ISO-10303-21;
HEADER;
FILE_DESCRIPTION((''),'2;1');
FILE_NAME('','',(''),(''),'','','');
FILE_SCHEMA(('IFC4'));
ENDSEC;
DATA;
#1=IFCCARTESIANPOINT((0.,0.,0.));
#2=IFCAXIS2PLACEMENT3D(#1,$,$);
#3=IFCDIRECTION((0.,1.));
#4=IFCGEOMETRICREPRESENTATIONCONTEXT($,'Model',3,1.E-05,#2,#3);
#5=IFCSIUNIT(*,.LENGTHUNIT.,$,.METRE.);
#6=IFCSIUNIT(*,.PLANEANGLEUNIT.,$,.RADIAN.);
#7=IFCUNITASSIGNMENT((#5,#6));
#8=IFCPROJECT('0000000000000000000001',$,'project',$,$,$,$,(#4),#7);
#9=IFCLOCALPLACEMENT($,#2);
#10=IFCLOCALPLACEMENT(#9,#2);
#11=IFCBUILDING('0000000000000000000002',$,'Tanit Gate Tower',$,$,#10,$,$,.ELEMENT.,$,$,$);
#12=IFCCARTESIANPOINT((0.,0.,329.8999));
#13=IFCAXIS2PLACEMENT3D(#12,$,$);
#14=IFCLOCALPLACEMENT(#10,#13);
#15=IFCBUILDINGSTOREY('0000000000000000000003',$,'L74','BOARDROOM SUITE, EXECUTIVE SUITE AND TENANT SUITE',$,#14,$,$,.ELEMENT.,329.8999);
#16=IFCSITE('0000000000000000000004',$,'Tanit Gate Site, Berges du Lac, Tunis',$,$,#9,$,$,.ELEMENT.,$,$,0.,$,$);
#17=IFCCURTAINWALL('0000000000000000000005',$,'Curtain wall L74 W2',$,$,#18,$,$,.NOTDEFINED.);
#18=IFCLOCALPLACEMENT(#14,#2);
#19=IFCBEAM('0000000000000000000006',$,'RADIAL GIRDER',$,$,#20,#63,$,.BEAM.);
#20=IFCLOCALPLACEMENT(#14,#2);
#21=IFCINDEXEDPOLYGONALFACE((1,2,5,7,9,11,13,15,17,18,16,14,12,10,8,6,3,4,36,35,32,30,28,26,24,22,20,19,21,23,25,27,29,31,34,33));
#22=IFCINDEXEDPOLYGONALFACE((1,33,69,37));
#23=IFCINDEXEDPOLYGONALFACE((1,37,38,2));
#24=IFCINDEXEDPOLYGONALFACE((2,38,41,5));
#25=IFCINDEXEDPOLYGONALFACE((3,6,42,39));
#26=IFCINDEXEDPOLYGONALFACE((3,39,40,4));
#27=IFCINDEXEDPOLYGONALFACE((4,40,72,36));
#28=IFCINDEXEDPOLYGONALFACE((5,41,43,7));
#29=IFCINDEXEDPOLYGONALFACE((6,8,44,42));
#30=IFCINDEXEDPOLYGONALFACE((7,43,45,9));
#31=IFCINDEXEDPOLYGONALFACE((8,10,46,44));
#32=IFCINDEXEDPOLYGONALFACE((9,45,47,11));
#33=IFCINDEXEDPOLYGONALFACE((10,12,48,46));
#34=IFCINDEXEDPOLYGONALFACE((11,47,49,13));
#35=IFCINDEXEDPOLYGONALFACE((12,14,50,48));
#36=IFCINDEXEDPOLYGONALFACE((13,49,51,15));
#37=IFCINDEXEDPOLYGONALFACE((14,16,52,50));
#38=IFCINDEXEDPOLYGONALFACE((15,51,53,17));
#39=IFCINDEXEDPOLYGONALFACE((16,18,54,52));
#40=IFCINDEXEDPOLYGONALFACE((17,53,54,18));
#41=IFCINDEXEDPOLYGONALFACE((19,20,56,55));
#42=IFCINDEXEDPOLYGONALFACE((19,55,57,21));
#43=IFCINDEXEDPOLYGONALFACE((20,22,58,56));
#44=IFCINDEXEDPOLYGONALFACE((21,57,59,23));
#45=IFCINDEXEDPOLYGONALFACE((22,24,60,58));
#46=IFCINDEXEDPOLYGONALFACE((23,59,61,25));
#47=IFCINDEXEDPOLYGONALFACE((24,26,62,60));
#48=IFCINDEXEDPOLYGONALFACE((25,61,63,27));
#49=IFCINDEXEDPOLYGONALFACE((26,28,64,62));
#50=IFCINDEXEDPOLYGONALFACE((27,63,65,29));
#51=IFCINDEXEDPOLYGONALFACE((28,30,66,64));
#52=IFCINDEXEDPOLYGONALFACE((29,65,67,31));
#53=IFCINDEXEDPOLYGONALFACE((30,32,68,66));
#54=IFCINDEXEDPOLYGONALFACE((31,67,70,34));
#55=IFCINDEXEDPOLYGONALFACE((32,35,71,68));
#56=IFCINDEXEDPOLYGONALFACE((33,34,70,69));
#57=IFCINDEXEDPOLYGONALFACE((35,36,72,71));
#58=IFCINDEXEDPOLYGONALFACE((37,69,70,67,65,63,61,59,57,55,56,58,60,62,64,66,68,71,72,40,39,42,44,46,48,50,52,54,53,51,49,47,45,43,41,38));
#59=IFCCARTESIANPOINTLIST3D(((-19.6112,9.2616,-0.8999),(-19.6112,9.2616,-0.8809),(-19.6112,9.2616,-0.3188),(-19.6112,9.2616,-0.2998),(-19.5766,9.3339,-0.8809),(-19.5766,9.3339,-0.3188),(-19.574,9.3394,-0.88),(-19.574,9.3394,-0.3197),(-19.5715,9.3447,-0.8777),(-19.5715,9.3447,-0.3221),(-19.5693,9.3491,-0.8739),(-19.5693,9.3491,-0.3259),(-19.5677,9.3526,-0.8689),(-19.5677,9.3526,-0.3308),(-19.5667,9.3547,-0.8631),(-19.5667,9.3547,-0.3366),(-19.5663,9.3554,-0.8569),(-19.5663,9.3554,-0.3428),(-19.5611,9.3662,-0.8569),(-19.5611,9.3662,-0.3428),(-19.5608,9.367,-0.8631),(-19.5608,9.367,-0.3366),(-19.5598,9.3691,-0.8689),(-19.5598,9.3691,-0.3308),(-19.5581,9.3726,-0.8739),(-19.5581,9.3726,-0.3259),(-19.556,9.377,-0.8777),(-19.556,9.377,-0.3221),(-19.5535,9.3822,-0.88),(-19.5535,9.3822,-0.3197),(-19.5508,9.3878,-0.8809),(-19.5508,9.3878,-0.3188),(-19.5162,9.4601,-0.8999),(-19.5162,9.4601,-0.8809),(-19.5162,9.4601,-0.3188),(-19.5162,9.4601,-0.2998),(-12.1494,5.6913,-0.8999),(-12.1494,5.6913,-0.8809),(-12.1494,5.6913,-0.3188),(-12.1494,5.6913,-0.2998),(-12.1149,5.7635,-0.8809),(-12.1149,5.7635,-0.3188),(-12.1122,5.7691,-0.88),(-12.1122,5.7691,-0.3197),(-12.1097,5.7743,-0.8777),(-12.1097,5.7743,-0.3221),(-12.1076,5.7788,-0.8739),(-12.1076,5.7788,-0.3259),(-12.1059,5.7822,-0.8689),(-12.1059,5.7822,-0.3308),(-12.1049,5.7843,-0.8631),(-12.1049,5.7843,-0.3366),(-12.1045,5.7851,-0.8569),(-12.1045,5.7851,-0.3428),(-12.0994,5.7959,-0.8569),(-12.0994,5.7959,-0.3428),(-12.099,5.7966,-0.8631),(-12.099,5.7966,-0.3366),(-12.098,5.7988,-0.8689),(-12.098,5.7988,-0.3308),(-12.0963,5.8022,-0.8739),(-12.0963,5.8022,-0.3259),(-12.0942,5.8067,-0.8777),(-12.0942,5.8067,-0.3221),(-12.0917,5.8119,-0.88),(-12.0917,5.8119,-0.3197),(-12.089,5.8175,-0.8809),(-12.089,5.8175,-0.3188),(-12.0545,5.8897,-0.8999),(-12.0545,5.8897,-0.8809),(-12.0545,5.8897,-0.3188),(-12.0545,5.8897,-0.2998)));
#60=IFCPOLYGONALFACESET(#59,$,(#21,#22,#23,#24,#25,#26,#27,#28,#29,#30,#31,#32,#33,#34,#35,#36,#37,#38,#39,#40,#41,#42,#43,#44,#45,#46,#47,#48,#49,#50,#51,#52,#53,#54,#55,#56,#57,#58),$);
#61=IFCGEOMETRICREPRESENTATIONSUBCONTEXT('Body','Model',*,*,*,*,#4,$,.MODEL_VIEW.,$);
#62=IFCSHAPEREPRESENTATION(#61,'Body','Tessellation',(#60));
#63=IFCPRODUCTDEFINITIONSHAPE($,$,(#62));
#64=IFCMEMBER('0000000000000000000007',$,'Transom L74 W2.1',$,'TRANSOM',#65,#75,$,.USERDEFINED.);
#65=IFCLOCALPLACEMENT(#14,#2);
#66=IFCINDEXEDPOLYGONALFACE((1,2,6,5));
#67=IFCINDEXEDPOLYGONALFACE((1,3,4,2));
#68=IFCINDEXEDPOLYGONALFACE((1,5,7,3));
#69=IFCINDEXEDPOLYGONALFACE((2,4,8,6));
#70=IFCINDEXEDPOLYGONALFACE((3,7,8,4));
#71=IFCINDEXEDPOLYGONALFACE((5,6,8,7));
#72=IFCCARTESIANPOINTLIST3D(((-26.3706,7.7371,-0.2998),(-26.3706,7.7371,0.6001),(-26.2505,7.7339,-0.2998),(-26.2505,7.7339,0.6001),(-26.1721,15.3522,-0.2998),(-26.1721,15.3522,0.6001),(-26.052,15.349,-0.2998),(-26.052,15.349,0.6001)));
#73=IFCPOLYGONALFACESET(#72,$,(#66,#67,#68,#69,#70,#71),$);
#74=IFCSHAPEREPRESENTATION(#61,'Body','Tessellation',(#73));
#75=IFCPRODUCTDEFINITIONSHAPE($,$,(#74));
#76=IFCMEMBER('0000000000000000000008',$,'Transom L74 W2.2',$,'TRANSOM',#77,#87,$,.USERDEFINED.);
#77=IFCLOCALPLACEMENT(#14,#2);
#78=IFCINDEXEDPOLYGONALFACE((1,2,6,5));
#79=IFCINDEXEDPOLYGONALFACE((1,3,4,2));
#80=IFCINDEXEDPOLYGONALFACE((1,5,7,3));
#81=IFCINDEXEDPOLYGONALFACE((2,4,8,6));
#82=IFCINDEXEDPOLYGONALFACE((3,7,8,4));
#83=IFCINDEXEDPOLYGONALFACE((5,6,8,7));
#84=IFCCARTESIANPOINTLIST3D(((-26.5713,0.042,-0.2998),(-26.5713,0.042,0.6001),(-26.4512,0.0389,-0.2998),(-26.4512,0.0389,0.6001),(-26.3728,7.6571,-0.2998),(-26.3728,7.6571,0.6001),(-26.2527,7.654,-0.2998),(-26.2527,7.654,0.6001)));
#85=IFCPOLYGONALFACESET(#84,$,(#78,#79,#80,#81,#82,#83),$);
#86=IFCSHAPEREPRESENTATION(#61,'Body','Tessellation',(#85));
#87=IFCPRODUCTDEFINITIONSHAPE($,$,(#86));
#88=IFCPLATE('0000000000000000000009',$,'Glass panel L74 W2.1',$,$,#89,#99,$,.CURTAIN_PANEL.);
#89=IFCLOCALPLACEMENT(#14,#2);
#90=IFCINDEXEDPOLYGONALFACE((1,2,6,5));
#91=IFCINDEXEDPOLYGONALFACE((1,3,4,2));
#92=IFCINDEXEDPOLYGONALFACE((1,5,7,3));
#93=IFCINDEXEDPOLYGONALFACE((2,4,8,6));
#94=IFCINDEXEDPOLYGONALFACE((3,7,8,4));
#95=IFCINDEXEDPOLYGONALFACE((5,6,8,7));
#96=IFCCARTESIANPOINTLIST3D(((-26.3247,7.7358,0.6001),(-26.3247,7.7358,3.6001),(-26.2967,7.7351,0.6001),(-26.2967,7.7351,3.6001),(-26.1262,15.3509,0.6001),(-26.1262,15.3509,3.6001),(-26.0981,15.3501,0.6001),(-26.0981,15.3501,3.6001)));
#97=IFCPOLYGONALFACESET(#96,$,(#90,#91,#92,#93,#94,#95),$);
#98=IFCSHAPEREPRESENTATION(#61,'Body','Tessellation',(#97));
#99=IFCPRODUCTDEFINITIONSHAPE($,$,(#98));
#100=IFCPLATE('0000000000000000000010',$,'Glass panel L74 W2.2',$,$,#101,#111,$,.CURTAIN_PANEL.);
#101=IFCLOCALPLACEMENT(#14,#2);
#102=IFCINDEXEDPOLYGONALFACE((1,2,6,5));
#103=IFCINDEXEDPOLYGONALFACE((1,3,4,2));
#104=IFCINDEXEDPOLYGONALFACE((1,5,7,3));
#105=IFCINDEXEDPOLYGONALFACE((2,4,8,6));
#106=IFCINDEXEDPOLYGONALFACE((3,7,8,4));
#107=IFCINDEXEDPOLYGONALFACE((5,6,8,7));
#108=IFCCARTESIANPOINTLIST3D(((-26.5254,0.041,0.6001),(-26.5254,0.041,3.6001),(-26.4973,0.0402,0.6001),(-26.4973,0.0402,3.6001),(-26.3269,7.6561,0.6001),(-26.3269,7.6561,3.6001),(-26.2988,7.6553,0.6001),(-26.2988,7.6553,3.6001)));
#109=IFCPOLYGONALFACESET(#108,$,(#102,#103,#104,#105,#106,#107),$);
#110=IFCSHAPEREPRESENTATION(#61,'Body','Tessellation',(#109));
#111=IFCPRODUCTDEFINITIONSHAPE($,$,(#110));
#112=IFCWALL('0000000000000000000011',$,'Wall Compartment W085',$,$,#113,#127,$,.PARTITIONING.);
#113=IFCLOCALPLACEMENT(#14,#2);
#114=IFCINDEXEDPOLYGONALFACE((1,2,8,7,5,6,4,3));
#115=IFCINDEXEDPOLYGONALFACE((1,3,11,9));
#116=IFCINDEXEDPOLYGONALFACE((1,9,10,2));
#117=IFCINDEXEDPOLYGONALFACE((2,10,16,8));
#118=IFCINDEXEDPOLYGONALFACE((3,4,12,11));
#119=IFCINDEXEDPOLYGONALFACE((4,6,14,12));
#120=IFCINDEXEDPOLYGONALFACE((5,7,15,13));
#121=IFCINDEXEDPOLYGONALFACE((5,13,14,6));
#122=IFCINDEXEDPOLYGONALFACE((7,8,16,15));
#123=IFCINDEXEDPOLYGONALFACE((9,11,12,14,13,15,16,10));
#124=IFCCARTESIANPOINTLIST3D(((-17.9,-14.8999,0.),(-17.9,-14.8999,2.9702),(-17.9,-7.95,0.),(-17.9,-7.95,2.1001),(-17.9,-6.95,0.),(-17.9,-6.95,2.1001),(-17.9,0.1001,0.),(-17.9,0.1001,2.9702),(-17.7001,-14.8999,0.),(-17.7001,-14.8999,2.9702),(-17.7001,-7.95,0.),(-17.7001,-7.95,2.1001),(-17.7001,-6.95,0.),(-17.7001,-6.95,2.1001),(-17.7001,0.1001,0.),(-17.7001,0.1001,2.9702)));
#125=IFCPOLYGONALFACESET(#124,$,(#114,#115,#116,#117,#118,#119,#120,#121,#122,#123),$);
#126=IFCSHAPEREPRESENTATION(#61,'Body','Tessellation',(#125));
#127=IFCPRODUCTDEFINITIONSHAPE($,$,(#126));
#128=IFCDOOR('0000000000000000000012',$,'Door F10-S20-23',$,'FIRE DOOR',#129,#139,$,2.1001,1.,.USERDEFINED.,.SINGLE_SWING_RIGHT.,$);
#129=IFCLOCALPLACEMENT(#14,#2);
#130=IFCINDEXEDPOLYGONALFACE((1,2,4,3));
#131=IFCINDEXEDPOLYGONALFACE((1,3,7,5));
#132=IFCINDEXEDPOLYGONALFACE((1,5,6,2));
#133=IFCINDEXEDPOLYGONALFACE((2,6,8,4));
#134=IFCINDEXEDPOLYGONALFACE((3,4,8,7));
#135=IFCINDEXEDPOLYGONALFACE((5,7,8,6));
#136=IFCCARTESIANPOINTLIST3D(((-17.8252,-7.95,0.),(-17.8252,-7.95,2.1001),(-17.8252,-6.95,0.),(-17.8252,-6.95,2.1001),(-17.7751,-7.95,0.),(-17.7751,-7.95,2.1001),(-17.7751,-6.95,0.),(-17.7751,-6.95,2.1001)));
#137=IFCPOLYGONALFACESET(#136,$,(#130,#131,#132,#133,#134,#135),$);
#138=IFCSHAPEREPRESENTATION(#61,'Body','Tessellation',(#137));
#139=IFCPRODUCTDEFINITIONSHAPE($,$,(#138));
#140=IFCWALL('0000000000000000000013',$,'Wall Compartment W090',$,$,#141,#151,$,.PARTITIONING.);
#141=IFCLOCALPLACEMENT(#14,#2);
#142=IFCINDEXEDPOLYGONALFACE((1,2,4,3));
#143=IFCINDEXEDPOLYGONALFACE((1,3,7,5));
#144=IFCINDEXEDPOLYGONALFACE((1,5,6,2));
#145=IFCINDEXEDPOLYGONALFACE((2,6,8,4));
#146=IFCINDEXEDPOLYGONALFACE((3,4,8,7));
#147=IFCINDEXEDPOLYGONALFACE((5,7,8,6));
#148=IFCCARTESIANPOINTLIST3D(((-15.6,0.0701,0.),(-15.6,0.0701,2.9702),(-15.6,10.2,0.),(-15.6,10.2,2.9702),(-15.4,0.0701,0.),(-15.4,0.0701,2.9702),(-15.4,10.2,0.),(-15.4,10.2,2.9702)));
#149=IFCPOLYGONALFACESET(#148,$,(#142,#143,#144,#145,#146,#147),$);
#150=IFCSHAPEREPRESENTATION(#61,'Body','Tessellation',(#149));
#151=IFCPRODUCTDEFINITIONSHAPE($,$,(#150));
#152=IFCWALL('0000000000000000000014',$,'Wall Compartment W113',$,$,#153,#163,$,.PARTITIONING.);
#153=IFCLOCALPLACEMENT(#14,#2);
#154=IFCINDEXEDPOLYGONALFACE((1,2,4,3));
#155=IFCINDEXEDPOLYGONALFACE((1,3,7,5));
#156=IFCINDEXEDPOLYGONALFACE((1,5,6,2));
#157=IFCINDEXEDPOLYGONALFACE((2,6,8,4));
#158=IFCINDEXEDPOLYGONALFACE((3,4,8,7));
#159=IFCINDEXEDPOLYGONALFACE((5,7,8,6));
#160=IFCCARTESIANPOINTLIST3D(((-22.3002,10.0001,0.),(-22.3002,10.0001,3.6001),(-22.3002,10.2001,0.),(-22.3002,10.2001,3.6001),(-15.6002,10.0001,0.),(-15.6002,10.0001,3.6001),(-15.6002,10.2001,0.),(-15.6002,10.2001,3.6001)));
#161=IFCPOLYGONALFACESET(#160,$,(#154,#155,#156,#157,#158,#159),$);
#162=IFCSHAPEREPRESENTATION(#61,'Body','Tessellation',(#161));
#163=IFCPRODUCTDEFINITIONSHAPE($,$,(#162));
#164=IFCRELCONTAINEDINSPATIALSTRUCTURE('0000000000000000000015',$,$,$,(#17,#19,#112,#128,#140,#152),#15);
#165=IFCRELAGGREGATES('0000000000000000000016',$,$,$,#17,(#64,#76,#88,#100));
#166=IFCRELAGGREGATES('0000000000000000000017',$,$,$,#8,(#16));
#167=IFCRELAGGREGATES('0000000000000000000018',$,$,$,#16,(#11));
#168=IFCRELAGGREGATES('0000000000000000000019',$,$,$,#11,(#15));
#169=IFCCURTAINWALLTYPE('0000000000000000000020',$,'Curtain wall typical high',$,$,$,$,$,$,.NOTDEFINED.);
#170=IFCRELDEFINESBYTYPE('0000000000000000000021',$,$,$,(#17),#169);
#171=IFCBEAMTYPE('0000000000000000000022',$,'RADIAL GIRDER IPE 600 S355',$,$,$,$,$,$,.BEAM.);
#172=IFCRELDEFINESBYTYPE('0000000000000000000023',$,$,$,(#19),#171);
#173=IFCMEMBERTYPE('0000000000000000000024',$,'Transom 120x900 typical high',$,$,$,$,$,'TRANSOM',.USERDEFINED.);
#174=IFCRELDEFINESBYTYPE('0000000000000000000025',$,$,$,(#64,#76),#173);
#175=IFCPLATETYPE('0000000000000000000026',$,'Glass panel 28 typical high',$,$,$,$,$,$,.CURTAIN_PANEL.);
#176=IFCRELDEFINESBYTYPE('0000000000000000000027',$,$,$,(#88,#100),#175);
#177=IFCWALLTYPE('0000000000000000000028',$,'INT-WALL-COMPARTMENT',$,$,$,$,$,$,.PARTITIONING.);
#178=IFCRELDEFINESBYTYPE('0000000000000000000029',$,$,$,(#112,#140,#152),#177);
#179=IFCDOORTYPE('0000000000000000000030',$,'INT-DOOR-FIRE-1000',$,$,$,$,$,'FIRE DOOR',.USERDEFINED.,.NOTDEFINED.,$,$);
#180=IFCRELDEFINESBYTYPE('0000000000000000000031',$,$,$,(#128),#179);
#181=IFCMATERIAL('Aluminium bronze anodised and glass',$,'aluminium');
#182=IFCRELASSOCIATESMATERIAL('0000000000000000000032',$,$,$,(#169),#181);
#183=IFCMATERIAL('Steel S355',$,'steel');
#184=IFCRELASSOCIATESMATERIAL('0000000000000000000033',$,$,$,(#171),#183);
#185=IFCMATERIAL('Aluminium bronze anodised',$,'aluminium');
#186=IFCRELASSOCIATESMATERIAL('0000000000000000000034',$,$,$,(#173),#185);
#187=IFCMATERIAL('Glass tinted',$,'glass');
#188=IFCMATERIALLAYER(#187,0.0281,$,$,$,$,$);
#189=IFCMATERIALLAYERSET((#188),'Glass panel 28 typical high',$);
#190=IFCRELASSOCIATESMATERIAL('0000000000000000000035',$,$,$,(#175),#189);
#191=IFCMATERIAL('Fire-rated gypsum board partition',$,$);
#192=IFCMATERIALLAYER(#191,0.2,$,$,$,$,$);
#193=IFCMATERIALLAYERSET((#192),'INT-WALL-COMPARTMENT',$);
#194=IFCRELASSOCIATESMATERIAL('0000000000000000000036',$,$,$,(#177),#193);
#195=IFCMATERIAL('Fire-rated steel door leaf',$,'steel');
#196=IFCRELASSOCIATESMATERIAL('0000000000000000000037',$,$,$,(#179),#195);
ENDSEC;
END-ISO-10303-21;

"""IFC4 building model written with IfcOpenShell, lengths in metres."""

from ifc_helpers import new_model, si_unit, direction, frame, frame_2d, origin, origin_2d, place, context, subcontext, project, spatial, rectangle, i_section, extrude, material, layer, layer_set, material_profile, profile_set, type_object, element, fill, aggregate, save


model = new_model("IFC4")

# Units and contexts
model_context = context("Model", 3, precision=1e-05, world=origin(), true_north=direction((0.0, 1.0)))
body_context = subcontext(model_context, "Body", "Model", "MODEL_VIEW")
ifc_project = project(units=[si_unit("LENGTHUNIT", "METRE"), si_unit("PLANEANGLEUNIT", "RADIAN")], contexts=[model_context])

# Site, building, storey
site_placement = place(None, origin())
site = spatial("IfcSite", under=ifc_project, at=site_placement, Name="Tanit Gate Site, Berges du Lac, Tunis", CompositionType="ELEMENT", RefElevation=0.0)
building_placement = place(site_placement, origin())
building = spatial("IfcBuilding", under=site, at=building_placement, Name="Tanit Gate Tower", CompositionType="ELEMENT")
storey_placement = place(building_placement, frame((0.0, 0.0, 329.8999)))
storey = spatial("IfcBuildingStorey", under=building, at=storey_placement, Name="L74", Description="BOARDROOM SUITE, EXECUTIVE SUITE AND TENANT SUITE", CompositionType="ELEMENT", Elevation=329.8999)

# Curtain wall
ifc_material_1 = material(Name="Aluminium bronze anodised and glass", Category="aluminium")
curtain_wall_type = type_object("IfcCurtainWallType", Name="Curtain wall typical high", PredefinedType="NOTDEFINED", material=ifc_material_1)
curtain_wall_1_placement = place(storey_placement, origin())
curtain_wall_1 = element("IfcCurtainWall", 1, at=curtain_wall_1_placement, inside=storey, type_object=curtain_wall_type, Name="Curtain wall L74 W2", PredefinedType="NOTDEFINED")

# Beam
ifc_material_2 = material(Name="Steel S355", Category="steel")
ifc_material_profile_1 = material_profile(ifc_material_2, i_section(OverallWidth=0.22, OverallDepth=0.6001, WebThickness=0.012, FlangeThickness=0.019, FilletRadius=0.0239, at=origin_2d()), Name="IPE 600")
ifc_profile_set_1 = profile_set([ifc_material_profile_1], Name="Steel S355")
beam_type_1 = type_object("IfcBeamType", Name="RADIAL GIRDER IPE 600 S355", PredefinedType="BEAM", material=ifc_profile_set_1)
beam_1_placement = place(storey_placement, frame((-19.5637, 9.3608, -0.5999), z_axis=(0.902055, -0.431622, 0.0), x_axis=(0.431622, 0.902055, 0.0)))
element("IfcBeam", 2, at=beam_1_placement, inside=storey, type_object=beam_type_1, Name="RADIAL GIRDER", PredefinedType="BEAM", context=body_context, shape_type="SweptSolid", body=[
    extrude(i_section(OverallWidth=0.22, OverallDepth=0.6001, WebThickness=0.012, FlangeThickness=0.019, FilletRadius=0.0239, at=origin_2d()), origin(), (0.0, 0.0, 1.0), 8.272),
])

# Members
ifc_material_3 = material(Name="Aluminium bronze anodised", Category="aluminium")
ifc_material_profile_2 = material_profile(ifc_material_3, rectangle(XDim=0.1201, YDim=0.8999, at=origin_2d()), Name="120x900 bronze transom")
ifc_profile_set_2 = profile_set([ifc_material_profile_2], Name="Aluminium bronze anodised")
member_type_1 = type_object("IfcMemberType", Name="Transom 120x900 typical high", ElementType="TRANSOM", PredefinedType="USERDEFINED", material=ifc_profile_set_2)
member_1_placement = place(storey_placement, frame((-26.1121, 15.3506, 0.1501), z_axis=(-0.026056, -0.99966, 0.0), x_axis=(0.99966, -0.026056, 0.0)))
member_1 = element("IfcMember", 3, at=member_1_placement, type_object=member_type_1, Name="Transom L74 W2.1", ObjectType="TRANSOM", PredefinedType="USERDEFINED", context=body_context, shape_type="SweptSolid", body=[
    extrude(rectangle(XDim=0.1201, YDim=0.8999, at=origin_2d()), origin(), (0.0, 0.0, 1.0), 7.6177),
])
member_2_placement = place(storey_placement, frame((-26.3127, 7.6555, 0.1501), z_axis=(-0.026056, -0.99966, 0.0), x_axis=(0.99966, -0.026056, 0.0)))
member_2 = element("IfcMember", 4, at=member_2_placement, type_object=member_type_1, Name="Transom L74 W2.2", ObjectType="TRANSOM", PredefinedType="USERDEFINED", context=body_context, shape_type="SweptSolid", body=[
    extrude(rectangle(XDim=0.1201, YDim=0.8999, at=origin_2d()), origin(), (0.0, 0.0, 1.0), 7.6177),
])

# Plates
ifc_material_4 = material(Name="Glass tinted", Category="glass")
ifc_layer_1 = layer(ifc_material_4, 0.0281)
ifc_layer_set_1 = layer_set([ifc_layer_1], Name="Glass panel 28 typical high")
plate_type = type_object("IfcPlateType", Name="Glass panel 28 typical high", PredefinedType="CURTAIN_PANEL", material=ifc_layer_set_1)
plate_1_placement = place(storey_placement, frame((-26.2114, 11.543, 0.6001), z_axis=(0.0, 0.0, 1.0), x_axis=(-0.026063, -0.99966, 0.0)))
plate_1 = element("IfcPlate", 5, at=plate_1_placement, type_object=plate_type, Name="Glass panel L74 W2.1", PredefinedType="CURTAIN_PANEL", context=body_context, shape_type="SweptSolid", body=[
    extrude(rectangle(XDim=7.6177, YDim=0.0281, at=origin_2d()), origin(), (0.0, 0.0, 1.0), 3.0),
])
plate_2_placement = place(storey_placement, frame((-26.4121, 3.8481, 0.6001), z_axis=(0.0, 0.0, 1.0), x_axis=(-0.026063, -0.99966, 0.0)))
plate_2 = element("IfcPlate", 6, at=plate_2_placement, type_object=plate_type, Name="Glass panel L74 W2.2", PredefinedType="CURTAIN_PANEL", context=body_context, shape_type="SweptSolid", body=[
    extrude(rectangle(XDim=7.6177, YDim=0.0281, at=origin_2d()), origin(), (0.0, 0.0, 1.0), 3.0),
])
aggregate(curtain_wall_1, [member_1, member_2, plate_1, plate_2])

# Wall, opening, door
ifc_material_5 = material(Name="Fire-rated gypsum board partition")
ifc_layer_2 = layer(ifc_material_5, 0.2)
ifc_layer_set_2 = layer_set([ifc_layer_2], Name="INT-WALL-COMPARTMENT")
wall_type_1 = type_object("IfcWallType", Name="INT-WALL-COMPARTMENT", PredefinedType="PARTITIONING", material=ifc_layer_set_2)
wall_1_placement = place(storey_placement, frame((-17.8, 0.1001, 0.0), z_axis=(0.0, 0.0, 1.0), x_axis=(0.0, -1.0, 0.0)))
wall_1 = element("IfcWall", 7, at=wall_1_placement, inside=storey, type_object=wall_type_1, Name="Wall Compartment W085", PredefinedType="PARTITIONING", context=body_context, shape_type="SweptSolid", body=[
    extrude(rectangle(XDim=15.0, YDim=0.2, at=frame_2d((7.5, 0.0))), origin(), (0.0, 0.0, 1.0), 2.9702),
])
opening_1_placement = place(wall_1_placement, frame((7.05, 0.0, 0.0)))
opening_1 = element("IfcOpeningElement", 8, at=opening_1_placement, cuts=wall_1, PredefinedType="OPENING", context=body_context, shape_type="SweptSolid", body=[
    extrude(rectangle(XDim=1.0, YDim=2.1001, at=frame_2d((0.5, 1.05))), frame((0.0, 0.1099, 0.0), z_axis=(0.0, -1.0, 0.0), x_axis=(1.0, 0.0, 0.0)), (0.0, 0.0, 1.0), 0.22),
])
ifc_material_6 = material(Name="Fire-rated steel door leaf", Category="steel")
door_type_1 = type_object("IfcDoorType", Name="INT-DOOR-FIRE-1000", ElementType="FIRE DOOR", OperationType="NOTDEFINED", PredefinedType="USERDEFINED", material=ifc_material_6)
door_1_placement = place(opening_1_placement, origin())
door_1 = element("IfcDoor", 9, at=door_1_placement, inside=storey, type_object=door_type_1, Name="Door F10-S20-23", ObjectType="FIRE DOOR", OperationType="SINGLE_SWING_RIGHT", OverallHeight=2.1001, OverallWidth=1.0, PredefinedType="USERDEFINED", context=body_context, shape_type="SweptSolid", body=[
    extrude(rectangle(XDim=1.0, YDim=2.1001, at=frame_2d((0.5, 1.05))), frame((0.0, 0.0249, 0.0), z_axis=(0.0, -1.0, 0.0), x_axis=(1.0, 0.0, 0.0)), (0.0, 0.0, 1.0), 0.05),
])
fill(opening_1, door_1)

# Walls
wall_2_placement = place(storey_placement, frame((-15.5, 10.2, 0.0), z_axis=(0.0, 0.0, 1.0), x_axis=(0.0, -1.0, 0.0)))
element("IfcWall", 10, at=wall_2_placement, inside=storey, type_object=wall_type_1, Name="Wall Compartment W090", PredefinedType="PARTITIONING", context=body_context, shape_type="SweptSolid", body=[
    extrude(rectangle(XDim=10.1299, YDim=0.2, at=frame_2d((5.0649, 0.0))), origin(), (0.0, 0.0, 1.0), 2.9702),
])
wall_3_placement = place(storey_placement, frame((-15.6001, 10.1001, 0.0), z_axis=(0.0, 0.0, 1.0), x_axis=(-1.0, 0.0, 0.0)))
element("IfcWall", 11, at=wall_3_placement, inside=storey, type_object=wall_type_1, Name="Wall Compartment W113", PredefinedType="PARTITIONING", context=body_context, shape_type="SweptSolid", body=[
    extrude(rectangle(XDim=6.7, YDim=0.2, at=frame_2d((3.3501, 0.0))), origin(), (0.0, 0.0, 1.0), 3.6001),
])

save(model, "model.ifc")
